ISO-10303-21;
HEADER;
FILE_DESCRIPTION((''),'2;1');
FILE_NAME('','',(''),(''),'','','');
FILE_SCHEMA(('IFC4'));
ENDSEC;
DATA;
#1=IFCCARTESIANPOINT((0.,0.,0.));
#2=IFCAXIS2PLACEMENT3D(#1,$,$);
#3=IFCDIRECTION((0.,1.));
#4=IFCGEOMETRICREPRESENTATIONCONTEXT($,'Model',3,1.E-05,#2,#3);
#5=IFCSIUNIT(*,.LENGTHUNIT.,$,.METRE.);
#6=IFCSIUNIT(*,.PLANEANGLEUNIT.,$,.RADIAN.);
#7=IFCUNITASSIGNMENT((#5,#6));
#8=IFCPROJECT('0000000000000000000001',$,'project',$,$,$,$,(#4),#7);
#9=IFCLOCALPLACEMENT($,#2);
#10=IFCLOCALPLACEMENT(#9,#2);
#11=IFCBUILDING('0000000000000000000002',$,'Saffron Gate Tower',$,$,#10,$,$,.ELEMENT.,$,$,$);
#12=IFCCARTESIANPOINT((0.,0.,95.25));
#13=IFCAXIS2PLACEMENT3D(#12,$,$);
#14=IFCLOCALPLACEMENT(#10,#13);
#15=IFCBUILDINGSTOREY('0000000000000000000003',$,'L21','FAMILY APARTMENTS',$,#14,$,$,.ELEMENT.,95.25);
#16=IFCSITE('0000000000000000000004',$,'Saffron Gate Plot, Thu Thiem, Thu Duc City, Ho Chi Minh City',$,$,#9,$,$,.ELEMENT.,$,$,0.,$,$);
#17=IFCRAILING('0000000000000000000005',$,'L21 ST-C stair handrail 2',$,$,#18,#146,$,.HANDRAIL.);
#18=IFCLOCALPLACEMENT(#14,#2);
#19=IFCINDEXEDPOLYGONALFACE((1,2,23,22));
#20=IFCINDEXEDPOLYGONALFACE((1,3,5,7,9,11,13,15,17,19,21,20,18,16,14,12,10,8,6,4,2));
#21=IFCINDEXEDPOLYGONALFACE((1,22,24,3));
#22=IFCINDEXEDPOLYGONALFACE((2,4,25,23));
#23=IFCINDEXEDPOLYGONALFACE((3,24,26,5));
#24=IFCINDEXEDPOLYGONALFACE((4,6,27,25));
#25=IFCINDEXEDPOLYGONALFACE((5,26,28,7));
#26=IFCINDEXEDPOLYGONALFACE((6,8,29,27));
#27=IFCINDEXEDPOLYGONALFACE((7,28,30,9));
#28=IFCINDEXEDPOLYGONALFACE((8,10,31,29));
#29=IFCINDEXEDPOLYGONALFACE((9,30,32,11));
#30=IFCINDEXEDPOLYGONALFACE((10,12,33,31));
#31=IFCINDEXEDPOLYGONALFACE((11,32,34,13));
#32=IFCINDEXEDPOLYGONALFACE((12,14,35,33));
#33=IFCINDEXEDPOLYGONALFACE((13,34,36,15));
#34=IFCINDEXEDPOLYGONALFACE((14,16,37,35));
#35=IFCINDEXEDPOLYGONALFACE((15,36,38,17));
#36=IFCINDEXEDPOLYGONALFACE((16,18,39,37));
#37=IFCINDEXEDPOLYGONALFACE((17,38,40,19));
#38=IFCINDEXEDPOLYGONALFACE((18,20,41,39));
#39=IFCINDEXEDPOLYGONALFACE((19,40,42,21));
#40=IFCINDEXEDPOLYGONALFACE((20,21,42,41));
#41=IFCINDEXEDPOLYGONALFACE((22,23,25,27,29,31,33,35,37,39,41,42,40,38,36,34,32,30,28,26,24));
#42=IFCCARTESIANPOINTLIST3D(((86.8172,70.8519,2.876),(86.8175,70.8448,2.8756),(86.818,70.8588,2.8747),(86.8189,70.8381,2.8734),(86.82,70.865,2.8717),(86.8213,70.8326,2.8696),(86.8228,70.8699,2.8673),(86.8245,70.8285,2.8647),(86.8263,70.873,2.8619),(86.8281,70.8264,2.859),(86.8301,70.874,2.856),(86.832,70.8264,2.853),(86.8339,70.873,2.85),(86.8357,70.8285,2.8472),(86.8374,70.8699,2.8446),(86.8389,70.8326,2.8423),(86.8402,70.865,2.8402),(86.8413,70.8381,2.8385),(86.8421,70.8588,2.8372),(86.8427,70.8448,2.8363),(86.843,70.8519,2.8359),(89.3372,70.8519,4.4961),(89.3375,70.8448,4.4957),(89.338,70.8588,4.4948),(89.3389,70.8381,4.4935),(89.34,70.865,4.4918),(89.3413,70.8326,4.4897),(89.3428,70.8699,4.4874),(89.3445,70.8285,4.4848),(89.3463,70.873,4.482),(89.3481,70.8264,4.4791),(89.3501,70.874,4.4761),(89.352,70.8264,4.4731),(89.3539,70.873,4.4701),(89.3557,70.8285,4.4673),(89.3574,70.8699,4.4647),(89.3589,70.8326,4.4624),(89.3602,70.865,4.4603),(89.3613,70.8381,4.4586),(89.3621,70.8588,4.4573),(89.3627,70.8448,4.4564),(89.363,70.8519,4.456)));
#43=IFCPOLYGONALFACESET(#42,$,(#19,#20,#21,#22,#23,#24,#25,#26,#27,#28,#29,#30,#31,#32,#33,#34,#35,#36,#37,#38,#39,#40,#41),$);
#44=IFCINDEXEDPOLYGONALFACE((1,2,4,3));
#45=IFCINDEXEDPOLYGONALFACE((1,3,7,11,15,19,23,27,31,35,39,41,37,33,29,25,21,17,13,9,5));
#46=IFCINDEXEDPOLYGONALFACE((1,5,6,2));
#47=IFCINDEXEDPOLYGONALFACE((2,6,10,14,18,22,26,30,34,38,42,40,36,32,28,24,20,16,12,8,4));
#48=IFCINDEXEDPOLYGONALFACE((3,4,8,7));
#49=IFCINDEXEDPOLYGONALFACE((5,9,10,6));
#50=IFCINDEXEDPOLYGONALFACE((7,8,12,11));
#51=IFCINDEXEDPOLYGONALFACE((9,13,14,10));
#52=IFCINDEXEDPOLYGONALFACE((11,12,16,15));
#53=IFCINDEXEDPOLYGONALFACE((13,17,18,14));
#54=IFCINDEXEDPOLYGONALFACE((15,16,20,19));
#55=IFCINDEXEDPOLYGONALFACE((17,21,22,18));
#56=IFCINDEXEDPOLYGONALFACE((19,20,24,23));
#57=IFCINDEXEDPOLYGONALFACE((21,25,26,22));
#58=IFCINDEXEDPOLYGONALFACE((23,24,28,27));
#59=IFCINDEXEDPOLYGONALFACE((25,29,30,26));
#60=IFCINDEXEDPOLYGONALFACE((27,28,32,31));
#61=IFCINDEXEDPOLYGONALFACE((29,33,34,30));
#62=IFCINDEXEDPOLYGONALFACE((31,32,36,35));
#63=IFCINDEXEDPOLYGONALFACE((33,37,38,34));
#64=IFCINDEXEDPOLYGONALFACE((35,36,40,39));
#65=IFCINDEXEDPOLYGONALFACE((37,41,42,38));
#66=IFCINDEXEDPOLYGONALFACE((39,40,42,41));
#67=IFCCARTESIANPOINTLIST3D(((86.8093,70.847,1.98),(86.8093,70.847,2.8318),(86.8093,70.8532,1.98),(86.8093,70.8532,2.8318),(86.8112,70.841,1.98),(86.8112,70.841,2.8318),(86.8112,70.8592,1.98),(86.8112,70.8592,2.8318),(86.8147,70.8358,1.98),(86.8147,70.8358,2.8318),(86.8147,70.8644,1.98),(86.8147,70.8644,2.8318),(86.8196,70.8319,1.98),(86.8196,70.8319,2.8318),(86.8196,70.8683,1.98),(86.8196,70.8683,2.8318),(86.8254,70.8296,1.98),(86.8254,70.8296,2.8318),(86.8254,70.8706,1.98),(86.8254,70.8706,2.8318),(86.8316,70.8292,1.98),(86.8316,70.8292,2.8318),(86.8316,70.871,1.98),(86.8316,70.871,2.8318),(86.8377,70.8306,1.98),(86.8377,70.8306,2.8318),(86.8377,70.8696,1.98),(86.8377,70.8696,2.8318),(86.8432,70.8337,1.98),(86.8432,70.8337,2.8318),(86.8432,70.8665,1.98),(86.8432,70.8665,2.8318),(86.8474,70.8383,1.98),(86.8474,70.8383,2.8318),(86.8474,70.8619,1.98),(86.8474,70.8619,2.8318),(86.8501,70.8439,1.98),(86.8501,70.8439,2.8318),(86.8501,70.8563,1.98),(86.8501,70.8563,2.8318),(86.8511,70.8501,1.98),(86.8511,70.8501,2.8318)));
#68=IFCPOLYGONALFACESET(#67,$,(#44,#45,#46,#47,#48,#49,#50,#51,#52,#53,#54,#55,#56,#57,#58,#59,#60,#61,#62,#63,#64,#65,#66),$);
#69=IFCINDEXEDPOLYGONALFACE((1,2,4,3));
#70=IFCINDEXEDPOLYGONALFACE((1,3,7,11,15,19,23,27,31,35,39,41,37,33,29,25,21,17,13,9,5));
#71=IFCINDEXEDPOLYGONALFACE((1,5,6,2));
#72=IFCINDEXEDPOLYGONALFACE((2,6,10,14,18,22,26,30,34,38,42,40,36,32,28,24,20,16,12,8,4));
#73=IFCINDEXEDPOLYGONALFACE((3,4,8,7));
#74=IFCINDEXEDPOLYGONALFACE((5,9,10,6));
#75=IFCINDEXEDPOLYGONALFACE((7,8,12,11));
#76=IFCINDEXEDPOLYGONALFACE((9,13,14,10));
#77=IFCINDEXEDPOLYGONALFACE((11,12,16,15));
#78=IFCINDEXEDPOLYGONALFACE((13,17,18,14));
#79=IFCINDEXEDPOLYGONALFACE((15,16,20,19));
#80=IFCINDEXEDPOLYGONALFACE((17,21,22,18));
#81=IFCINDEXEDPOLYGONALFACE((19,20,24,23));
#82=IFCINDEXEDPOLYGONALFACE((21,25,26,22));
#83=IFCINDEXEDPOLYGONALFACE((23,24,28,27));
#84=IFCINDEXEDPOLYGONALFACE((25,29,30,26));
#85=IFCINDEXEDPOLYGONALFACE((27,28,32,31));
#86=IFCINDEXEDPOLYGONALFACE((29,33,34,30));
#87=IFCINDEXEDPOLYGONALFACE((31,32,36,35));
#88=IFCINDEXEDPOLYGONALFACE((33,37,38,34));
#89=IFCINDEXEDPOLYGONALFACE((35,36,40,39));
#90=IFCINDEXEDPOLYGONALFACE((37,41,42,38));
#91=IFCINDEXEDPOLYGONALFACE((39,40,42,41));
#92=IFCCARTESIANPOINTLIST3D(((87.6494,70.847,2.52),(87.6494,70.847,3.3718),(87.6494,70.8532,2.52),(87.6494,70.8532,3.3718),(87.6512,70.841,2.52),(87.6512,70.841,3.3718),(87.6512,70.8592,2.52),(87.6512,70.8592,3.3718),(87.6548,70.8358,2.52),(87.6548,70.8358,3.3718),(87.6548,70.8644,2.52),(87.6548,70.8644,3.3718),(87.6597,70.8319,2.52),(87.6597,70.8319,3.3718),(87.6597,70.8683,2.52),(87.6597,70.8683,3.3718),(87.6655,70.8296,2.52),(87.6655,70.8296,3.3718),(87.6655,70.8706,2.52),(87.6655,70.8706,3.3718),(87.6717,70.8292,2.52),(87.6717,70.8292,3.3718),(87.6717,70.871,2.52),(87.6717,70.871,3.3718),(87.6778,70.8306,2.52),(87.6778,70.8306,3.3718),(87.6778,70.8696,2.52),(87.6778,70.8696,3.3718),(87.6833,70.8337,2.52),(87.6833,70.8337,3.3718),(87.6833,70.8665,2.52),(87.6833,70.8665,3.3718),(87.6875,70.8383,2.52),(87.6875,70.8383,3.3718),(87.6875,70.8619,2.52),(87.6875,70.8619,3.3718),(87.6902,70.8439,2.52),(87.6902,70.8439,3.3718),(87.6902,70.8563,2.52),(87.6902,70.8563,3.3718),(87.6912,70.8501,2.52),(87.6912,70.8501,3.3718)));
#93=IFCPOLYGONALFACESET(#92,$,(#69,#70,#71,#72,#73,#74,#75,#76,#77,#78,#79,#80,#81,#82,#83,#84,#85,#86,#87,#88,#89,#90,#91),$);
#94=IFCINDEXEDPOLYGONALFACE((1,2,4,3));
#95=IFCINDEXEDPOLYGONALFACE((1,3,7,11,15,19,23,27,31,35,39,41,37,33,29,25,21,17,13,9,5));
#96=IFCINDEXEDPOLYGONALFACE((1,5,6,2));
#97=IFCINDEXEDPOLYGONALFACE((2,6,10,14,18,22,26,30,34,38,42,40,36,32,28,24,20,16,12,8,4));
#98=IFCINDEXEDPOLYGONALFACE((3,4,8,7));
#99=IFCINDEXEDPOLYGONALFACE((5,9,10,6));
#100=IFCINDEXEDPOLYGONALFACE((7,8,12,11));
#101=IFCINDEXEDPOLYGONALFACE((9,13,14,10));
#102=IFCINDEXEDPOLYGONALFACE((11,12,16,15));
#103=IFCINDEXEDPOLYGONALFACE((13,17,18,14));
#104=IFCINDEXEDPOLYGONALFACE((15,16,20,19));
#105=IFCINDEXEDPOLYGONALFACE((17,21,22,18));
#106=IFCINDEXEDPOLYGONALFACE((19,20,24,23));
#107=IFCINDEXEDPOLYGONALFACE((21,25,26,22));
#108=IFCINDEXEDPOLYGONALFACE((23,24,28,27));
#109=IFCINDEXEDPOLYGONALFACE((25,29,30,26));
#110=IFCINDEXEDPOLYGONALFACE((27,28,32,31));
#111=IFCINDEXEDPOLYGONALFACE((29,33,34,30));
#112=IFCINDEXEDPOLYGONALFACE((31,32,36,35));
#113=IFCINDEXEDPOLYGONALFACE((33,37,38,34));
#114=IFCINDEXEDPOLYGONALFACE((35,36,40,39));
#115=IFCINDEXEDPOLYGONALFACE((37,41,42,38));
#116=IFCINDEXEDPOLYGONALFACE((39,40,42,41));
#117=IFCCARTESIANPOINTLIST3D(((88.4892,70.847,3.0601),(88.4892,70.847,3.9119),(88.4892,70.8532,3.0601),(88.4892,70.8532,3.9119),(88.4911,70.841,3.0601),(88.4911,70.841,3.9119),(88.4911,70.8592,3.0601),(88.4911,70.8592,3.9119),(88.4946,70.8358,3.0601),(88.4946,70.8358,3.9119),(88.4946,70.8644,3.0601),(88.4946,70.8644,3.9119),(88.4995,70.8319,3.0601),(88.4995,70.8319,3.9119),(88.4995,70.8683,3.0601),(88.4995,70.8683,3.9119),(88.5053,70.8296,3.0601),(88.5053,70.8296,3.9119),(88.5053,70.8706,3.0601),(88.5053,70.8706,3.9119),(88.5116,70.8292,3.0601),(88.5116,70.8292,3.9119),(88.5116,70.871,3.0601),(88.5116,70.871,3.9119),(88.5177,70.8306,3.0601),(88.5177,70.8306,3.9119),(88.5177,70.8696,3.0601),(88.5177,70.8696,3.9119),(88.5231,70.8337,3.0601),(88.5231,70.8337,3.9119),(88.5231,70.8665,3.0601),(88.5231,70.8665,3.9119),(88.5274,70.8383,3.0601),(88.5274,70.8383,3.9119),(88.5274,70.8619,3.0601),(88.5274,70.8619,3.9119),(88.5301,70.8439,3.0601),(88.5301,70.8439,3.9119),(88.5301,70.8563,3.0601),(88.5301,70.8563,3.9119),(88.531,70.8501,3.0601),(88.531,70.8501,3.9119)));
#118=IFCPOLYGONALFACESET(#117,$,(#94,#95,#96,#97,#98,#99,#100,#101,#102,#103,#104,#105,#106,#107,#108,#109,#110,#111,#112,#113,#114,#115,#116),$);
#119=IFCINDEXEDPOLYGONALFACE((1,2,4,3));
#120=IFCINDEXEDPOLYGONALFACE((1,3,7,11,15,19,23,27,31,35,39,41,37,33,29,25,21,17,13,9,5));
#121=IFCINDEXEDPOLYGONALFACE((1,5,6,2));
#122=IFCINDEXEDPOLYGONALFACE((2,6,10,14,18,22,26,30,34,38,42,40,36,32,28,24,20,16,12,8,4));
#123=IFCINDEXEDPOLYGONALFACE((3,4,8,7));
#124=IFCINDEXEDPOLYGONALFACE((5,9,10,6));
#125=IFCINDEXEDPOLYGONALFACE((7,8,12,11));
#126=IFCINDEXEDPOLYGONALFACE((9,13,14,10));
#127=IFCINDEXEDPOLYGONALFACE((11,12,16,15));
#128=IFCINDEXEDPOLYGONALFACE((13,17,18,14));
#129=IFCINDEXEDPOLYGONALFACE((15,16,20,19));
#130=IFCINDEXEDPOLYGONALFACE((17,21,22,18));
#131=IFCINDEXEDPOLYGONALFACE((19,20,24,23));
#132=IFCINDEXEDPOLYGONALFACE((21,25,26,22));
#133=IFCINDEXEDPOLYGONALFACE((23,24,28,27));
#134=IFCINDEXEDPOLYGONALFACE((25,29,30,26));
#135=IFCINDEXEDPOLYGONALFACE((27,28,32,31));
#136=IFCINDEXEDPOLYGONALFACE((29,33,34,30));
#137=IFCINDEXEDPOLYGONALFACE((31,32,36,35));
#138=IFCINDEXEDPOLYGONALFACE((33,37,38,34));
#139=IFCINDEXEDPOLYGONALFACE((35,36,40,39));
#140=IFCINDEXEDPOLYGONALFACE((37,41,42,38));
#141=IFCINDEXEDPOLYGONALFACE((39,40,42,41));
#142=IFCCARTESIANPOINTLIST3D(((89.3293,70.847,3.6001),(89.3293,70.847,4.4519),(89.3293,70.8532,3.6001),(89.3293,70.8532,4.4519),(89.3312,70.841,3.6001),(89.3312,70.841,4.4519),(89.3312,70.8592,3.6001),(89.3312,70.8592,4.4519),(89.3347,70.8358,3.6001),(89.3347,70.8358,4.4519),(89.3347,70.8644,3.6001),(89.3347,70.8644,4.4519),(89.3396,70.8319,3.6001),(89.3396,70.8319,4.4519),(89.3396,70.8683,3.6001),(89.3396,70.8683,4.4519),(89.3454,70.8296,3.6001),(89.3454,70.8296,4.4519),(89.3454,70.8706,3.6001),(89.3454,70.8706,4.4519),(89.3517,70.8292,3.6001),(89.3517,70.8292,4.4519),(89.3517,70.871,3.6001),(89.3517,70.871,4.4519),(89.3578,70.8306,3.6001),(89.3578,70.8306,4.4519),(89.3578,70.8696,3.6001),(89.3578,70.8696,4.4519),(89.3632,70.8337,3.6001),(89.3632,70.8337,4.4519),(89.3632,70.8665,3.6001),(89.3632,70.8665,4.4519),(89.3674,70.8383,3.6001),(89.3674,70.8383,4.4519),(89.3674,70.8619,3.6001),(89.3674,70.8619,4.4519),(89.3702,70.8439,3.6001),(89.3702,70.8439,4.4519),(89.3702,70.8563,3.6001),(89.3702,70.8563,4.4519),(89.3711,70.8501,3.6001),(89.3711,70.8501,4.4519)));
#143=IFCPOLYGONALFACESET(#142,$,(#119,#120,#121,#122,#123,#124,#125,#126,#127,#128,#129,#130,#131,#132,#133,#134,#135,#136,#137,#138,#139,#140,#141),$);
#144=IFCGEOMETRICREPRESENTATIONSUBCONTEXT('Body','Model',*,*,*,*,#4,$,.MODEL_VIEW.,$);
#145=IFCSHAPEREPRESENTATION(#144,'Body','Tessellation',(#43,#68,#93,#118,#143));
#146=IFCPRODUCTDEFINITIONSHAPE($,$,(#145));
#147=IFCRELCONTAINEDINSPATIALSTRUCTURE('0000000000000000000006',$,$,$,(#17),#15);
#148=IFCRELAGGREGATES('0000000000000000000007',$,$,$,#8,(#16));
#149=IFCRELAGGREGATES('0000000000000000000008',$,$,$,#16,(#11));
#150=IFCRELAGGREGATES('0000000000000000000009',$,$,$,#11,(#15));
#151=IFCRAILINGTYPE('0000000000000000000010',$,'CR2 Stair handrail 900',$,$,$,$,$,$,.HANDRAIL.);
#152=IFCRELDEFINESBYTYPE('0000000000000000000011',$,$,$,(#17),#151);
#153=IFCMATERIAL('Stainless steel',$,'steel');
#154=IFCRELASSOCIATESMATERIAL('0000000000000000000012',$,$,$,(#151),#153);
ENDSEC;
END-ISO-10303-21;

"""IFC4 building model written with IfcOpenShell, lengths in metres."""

from ifc_helpers import new_model, si_unit, direction, frame, origin, origin_2d, place, context, subcontext, project, spatial, circle, extrude, material, type_object, element, save


model = new_model("IFC4")

# Units and contexts
model_context = context("Model", 3, precision=1e-05, world=origin(), true_north=direction((0.0, 1.0)))
body_context = subcontext(model_context, "Body", "Model", "MODEL_VIEW")
ifc_project = project(units=[si_unit("LENGTHUNIT", "METRE"), si_unit("PLANEANGLEUNIT", "RADIAN")], contexts=[model_context])

# Site, building, storey
site_placement = place(None, origin())
site = spatial("IfcSite", under=ifc_project, at=site_placement, Name="Saffron Gate Plot, Thu Thiem, Thu Duc City, Ho Chi Minh City", CompositionType="ELEMENT", RefElevation=0.0)
building_placement = place(site_placement, origin())
building = spatial("IfcBuilding", under=site, at=building_placement, Name="Saffron Gate Tower", CompositionType="ELEMENT")
storey_placement = place(building_placement, frame((0.0, 0.0, 95.25)))
storey = spatial("IfcBuildingStorey", under=building, at=storey_placement, Name="L21", Description="FAMILY APARTMENTS", CompositionType="ELEMENT", Elevation=95.25)

# Railing
ifc_material_1 = material(Name="Stainless steel", Category="steel")
railing_type_1 = type_object("IfcRailingType", Name="CR2 Stair handrail 900", PredefinedType="HANDRAIL", material=ifc_material_1)
railing_1_placement = place(storey_placement, frame((86.8301, 70.8501, 1.98)))
element("IfcRailing", 1, at=railing_1_placement, inside=storey, type_object=railing_type_1, Name="L21 ST-C stair handrail 2", PredefinedType="HANDRAIL", context=body_context, shape_type="SweptSolid", body=[
    extrude(circle(Radius=0.0239, at=origin_2d()), frame((0.0, 0.0, 0.876), z_axis=(0.841163, 0.0, 0.540782), x_axis=(0.0, 1.0, 0.0)), (0.0, 0.0, 1.0), 2.9958),
    extrude(circle(Radius=0.021, at=origin_2d()), origin(), (0.0, 0.0, 1.0), 0.8518),
    extrude(circle(Radius=0.021, at=origin_2d()), frame((0.8401, 0.0, 0.54)), (0.0, 0.0, 1.0), 0.8518),
    extrude(circle(Radius=0.021, at=origin_2d()), frame((1.6799, 0.0, 1.0801)), (0.0, 0.0, 1.0), 0.8518),
    extrude(circle(Radius=0.021, at=origin_2d()), frame((2.52, 0.0, 1.6201)), (0.0, 0.0, 1.0), 0.8518),
])

save(model, "model.ifc")
